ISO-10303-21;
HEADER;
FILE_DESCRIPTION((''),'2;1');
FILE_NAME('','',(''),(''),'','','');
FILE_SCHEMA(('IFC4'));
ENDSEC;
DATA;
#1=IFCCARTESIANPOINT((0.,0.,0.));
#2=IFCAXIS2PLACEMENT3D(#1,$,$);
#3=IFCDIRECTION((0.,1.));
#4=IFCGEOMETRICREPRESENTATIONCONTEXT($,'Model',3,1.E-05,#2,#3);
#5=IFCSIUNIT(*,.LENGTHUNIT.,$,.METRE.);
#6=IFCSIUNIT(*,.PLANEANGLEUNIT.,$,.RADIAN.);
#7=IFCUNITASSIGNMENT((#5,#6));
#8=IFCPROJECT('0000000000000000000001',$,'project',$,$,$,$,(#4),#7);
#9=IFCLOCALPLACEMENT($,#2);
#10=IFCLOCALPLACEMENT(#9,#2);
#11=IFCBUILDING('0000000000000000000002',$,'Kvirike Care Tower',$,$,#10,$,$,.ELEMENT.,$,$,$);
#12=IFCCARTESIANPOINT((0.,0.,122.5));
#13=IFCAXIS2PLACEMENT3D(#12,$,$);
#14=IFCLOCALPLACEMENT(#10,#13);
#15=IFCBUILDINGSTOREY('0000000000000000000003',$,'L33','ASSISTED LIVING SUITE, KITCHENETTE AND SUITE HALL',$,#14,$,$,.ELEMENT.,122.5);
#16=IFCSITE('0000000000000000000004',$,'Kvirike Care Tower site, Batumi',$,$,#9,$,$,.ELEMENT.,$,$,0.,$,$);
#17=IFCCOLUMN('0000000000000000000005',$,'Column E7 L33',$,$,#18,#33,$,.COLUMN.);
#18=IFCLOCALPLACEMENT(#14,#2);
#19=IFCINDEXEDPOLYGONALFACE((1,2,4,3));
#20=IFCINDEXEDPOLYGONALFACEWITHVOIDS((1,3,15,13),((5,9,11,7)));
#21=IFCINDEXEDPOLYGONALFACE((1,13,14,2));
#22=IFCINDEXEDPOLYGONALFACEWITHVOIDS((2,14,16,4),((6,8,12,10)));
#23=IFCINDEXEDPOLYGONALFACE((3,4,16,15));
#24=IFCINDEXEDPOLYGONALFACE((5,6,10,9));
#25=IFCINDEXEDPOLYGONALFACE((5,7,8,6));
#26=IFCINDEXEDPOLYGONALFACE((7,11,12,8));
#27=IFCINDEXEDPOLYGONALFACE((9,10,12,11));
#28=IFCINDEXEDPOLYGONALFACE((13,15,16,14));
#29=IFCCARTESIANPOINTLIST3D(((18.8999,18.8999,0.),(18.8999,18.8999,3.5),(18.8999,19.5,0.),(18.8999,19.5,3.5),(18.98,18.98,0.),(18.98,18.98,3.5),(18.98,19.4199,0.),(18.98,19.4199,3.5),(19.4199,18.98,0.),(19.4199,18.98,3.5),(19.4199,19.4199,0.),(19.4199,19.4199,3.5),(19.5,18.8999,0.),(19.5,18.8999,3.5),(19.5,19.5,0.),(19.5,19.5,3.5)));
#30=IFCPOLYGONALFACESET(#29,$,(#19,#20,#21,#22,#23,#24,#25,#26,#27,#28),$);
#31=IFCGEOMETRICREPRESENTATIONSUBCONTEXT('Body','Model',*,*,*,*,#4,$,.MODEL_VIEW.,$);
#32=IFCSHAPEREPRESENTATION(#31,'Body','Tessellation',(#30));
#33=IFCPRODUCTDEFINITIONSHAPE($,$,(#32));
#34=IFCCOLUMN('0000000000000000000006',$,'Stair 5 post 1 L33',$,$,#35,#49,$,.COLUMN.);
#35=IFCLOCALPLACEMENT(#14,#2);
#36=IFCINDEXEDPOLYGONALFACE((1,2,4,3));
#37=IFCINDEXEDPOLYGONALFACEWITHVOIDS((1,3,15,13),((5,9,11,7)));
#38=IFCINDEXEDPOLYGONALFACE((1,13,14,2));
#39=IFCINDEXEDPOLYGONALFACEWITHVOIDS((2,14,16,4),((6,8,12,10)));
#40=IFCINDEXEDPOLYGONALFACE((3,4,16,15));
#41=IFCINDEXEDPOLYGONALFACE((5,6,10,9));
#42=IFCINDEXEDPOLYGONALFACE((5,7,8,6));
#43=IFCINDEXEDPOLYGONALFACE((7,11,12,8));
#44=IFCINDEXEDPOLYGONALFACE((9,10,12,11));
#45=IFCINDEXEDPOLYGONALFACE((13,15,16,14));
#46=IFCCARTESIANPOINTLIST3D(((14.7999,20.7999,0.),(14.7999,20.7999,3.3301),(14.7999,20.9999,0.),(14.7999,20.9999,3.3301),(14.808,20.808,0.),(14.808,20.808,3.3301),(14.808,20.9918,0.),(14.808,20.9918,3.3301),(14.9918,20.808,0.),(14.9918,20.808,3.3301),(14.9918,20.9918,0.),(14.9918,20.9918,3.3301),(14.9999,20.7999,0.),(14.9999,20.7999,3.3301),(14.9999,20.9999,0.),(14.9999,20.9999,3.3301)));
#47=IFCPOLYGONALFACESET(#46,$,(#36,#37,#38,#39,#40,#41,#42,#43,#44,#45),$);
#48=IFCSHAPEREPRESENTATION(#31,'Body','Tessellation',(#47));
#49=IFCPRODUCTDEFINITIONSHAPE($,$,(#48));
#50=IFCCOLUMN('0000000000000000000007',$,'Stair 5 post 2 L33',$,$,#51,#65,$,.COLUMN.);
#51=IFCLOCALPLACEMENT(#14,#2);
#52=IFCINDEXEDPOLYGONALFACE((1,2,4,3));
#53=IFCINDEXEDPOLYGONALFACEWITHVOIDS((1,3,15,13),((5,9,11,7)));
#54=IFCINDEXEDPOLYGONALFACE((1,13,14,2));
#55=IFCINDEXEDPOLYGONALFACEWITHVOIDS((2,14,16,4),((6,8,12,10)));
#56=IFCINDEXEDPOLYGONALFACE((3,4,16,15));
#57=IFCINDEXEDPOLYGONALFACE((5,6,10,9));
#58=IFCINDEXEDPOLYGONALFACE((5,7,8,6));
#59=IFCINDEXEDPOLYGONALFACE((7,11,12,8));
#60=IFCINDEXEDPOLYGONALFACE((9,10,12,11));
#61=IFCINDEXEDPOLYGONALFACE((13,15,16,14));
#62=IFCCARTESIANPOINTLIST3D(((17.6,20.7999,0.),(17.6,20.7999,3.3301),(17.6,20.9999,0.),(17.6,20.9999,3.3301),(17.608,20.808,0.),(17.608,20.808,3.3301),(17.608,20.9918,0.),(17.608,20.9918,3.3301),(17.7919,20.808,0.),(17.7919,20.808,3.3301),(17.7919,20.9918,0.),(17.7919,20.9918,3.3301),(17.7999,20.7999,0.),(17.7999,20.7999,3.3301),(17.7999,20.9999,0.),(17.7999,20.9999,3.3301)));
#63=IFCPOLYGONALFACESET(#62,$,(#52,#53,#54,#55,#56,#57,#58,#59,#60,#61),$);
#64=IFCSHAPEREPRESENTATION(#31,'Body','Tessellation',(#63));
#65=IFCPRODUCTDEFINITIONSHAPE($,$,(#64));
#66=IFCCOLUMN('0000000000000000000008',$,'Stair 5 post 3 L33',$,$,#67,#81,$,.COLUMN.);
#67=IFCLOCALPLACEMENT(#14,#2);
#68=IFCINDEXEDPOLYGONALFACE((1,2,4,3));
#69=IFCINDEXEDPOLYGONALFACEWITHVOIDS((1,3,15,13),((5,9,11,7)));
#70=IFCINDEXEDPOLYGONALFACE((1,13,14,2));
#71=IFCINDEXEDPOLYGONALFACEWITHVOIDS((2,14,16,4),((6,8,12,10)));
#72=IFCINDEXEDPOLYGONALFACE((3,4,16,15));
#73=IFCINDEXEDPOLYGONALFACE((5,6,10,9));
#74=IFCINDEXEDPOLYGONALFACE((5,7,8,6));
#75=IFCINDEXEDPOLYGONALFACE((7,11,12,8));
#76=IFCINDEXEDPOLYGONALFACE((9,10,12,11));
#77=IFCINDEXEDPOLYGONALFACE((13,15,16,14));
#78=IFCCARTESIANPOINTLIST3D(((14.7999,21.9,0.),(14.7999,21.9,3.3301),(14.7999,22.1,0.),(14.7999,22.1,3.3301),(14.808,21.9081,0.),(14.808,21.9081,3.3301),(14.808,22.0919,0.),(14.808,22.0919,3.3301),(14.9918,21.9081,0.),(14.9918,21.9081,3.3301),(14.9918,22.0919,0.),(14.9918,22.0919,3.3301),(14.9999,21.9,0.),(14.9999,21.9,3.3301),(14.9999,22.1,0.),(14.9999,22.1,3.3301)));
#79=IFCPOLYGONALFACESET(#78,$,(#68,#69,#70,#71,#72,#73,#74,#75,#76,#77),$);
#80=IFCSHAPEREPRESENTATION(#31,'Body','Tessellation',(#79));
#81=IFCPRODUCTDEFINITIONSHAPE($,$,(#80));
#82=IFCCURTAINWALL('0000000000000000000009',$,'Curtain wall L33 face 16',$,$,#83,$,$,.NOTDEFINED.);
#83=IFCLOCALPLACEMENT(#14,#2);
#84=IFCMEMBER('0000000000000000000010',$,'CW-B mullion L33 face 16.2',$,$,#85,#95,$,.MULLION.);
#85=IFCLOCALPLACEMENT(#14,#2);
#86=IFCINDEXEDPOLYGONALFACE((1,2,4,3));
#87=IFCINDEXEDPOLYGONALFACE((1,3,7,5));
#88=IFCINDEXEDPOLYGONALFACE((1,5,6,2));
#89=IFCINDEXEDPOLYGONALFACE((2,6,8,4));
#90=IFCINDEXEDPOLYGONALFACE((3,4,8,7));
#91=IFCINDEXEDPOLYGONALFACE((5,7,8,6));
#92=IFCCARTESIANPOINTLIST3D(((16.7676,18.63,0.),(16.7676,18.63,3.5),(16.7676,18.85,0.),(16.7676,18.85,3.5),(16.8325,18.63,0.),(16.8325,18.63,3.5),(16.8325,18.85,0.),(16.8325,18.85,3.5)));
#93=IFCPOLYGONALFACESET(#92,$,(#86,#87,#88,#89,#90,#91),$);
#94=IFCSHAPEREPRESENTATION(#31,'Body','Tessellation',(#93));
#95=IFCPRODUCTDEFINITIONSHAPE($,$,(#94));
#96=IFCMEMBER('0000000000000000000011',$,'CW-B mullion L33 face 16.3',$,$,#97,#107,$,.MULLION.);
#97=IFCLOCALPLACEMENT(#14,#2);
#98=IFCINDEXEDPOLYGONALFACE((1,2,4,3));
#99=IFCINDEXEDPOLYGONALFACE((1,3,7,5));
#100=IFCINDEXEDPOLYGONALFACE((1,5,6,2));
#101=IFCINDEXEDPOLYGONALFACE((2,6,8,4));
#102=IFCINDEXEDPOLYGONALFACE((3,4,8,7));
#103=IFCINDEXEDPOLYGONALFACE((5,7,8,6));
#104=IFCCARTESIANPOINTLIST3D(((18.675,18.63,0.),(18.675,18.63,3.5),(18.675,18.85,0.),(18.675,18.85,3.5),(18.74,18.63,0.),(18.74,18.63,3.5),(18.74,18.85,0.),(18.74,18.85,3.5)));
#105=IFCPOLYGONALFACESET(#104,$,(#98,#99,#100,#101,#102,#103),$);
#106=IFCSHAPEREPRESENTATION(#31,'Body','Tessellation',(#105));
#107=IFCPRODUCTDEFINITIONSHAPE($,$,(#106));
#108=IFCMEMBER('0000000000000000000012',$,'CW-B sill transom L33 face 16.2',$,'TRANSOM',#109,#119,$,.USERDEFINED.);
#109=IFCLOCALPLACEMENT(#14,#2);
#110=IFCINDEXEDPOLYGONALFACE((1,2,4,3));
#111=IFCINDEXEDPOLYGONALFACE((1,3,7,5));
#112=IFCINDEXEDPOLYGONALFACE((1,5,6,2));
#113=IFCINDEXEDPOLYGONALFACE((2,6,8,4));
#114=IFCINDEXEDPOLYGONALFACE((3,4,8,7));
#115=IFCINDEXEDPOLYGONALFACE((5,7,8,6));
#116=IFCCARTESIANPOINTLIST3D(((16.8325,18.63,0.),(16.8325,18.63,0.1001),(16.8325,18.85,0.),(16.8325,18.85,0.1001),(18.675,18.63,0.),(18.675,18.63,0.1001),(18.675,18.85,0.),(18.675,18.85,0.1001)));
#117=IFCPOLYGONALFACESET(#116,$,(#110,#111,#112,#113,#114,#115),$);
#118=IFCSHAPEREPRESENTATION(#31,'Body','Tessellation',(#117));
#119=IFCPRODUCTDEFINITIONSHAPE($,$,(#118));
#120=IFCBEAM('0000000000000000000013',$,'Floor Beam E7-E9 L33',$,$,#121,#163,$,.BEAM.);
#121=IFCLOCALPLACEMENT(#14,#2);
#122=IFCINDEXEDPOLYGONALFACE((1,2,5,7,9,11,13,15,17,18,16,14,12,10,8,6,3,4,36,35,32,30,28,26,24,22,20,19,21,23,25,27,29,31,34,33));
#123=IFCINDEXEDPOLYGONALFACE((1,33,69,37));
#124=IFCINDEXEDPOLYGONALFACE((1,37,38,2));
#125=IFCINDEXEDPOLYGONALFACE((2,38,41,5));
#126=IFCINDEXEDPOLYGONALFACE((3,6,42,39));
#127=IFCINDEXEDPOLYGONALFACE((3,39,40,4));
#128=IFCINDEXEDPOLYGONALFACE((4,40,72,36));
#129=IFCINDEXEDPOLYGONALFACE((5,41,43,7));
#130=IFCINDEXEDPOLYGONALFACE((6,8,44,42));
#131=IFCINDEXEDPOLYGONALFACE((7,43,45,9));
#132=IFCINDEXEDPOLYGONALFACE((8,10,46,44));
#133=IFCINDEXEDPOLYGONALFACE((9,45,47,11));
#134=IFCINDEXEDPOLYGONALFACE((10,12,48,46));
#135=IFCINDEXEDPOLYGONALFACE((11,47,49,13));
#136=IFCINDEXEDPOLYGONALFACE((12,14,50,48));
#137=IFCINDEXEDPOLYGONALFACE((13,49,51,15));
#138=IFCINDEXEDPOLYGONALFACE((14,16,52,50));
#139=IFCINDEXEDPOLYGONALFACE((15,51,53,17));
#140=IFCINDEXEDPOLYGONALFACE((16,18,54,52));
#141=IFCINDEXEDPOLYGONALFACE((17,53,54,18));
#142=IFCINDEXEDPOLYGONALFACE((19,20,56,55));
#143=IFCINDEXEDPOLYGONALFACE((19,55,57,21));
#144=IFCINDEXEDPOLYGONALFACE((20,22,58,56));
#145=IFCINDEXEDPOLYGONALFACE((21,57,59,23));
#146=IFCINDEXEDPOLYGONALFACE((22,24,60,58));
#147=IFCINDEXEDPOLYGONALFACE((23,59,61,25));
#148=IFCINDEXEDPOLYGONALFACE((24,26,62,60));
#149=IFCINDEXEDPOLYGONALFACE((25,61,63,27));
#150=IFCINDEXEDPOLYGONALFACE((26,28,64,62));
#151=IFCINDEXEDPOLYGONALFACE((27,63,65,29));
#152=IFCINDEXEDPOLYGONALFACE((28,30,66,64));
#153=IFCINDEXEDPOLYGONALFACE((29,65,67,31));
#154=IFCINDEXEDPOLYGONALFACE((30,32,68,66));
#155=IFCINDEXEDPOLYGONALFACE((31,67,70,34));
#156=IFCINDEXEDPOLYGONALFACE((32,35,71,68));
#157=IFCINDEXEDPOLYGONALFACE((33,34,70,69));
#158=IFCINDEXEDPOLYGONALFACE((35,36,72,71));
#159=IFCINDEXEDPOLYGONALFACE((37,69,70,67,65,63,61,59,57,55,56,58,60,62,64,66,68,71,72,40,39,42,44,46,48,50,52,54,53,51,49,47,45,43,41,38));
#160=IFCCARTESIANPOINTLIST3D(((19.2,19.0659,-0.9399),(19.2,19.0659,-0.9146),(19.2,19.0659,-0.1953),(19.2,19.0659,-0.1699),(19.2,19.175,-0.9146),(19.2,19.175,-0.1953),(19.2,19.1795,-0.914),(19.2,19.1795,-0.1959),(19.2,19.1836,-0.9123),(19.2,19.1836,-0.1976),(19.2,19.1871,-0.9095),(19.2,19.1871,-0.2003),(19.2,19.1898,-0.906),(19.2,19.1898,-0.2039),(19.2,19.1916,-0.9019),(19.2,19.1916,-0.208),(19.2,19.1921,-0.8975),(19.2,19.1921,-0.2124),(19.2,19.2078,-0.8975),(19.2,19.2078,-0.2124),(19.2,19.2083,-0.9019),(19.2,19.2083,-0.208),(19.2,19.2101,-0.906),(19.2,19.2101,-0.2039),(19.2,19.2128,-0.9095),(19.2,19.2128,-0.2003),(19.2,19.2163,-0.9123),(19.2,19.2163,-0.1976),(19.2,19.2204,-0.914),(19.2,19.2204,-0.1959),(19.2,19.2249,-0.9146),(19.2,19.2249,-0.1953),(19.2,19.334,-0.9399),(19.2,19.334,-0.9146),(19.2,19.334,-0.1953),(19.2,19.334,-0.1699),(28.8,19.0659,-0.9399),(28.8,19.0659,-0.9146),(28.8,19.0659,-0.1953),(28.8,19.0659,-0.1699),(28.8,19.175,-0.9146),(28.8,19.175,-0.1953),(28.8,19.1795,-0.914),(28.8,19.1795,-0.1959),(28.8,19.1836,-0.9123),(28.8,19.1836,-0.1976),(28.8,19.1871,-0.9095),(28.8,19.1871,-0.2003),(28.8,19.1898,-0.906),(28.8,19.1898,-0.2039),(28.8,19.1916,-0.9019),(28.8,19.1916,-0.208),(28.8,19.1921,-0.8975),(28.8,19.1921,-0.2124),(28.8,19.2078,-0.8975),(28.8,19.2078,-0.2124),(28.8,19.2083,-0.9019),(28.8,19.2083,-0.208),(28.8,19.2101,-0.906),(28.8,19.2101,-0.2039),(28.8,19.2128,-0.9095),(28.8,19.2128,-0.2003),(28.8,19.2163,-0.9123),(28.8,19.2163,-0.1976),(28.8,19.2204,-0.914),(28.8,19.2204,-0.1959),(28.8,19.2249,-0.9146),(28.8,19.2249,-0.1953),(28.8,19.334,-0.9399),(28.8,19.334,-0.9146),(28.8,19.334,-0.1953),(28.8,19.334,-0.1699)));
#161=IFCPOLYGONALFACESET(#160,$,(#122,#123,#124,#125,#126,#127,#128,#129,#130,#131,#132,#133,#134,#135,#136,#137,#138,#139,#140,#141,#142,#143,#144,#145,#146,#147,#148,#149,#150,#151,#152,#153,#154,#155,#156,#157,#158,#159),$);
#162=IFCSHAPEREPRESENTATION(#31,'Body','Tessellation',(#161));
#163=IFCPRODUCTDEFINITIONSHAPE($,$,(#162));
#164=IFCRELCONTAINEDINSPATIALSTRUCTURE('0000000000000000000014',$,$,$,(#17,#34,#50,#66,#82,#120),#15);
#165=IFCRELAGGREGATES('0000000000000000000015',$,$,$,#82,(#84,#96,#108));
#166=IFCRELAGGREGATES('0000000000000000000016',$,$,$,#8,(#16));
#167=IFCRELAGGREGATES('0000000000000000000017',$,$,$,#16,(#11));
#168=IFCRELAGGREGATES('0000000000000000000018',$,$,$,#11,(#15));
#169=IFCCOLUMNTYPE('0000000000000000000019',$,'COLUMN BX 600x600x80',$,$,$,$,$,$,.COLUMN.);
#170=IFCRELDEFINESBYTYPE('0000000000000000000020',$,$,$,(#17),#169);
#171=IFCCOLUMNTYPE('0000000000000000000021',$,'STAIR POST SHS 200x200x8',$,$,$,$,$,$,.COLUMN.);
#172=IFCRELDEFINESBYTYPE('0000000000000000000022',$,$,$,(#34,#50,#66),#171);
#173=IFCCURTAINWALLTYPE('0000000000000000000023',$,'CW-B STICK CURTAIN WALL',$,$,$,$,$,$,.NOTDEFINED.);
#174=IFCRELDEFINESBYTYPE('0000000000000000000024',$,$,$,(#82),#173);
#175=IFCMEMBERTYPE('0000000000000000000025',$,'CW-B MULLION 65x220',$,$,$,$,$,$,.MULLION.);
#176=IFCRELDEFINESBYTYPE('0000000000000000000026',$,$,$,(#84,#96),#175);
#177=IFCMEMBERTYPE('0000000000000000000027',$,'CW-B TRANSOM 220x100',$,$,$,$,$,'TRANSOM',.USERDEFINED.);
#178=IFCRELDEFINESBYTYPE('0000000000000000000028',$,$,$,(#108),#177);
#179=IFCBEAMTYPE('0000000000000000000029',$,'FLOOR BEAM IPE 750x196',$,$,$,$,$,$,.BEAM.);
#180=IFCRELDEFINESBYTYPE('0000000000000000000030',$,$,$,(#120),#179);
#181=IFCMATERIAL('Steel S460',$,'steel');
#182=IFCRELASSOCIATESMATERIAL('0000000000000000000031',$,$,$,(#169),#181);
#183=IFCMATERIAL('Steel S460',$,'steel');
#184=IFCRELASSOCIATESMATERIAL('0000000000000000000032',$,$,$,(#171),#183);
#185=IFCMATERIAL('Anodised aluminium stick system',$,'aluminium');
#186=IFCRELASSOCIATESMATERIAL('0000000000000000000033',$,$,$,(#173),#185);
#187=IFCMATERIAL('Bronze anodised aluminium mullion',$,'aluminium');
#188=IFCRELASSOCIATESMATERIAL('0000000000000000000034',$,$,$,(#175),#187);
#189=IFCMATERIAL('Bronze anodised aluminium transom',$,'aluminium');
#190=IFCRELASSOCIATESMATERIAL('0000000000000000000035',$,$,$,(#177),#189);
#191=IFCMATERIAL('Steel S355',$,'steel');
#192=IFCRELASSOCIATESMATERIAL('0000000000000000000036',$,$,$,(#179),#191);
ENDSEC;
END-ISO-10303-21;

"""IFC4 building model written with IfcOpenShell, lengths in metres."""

from ifc_helpers import new_model, si_unit, direction, frame, origin, origin_2d, place, context, subcontext, project, spatial, rectangle, hollow_rectangle, i_section, extrude, material, material_profile, profile_set, type_object, element, aggregate, save


model = new_model("IFC4")

# Units and contexts
model_context = context("Model", 3, precision=1e-05, world=origin(), true_north=direction((0.0, 1.0)))
body_context = subcontext(model_context, "Body", "Model", "MODEL_VIEW")
ifc_project = project(units=[si_unit("LENGTHUNIT", "METRE"), si_unit("PLANEANGLEUNIT", "RADIAN")], contexts=[model_context])

# Site, building, storey
site_placement = place(None, origin())
site = spatial("IfcSite", under=ifc_project, at=site_placement, Name="Kvirike Care Tower site, Batumi", CompositionType="ELEMENT", RefElevation=0.0)
building_placement = place(site_placement, origin())
building = spatial("IfcBuilding", under=site, at=building_placement, Name="Kvirike Care Tower", CompositionType="ELEMENT")
storey_placement = place(building_placement, frame((0.0, 0.0, 122.5)))
storey = spatial("IfcBuildingStorey", under=building, at=storey_placement, Name="L33", Description="ASSISTED LIVING SUITE, KITCHENETTE AND SUITE HALL", CompositionType="ELEMENT", Elevation=122.5)

# Columns
ifc_material_1 = material(Name="Steel S460", Category="steel")
ifc_material_profile_1 = material_profile(ifc_material_1, hollow_rectangle(XDim=0.6001, YDim=0.6001, WallThickness=0.0801, at=origin_2d()), Name="BX 600x600x80")
ifc_profile_set_1 = profile_set([ifc_material_profile_1], Name="Steel S460")
column_type_1 = type_object("IfcColumnType", Name="COLUMN BX 600x600x80", PredefinedType="COLUMN", material=ifc_profile_set_1)
column_placement = place(storey_placement, frame((19.2, 19.2, 0.0), z_axis=(0.0, 0.0, 1.0), x_axis=(0.0, 1.0, 0.0)))
element("IfcColumn", 1, at=column_placement, inside=storey, type_object=column_type_1, Name="Column E7 L33", PredefinedType="COLUMN", context=body_context, shape_type="SweptSolid", body=[
    extrude(hollow_rectangle(XDim=0.6001, YDim=0.6001, WallThickness=0.0801, at=origin_2d()), origin(), (0.0, 0.0, 1.0), 3.5),
])
ifc_material_2 = material(Name="Steel S460", Category="steel")
ifc_material_profile_2 = material_profile(ifc_material_2, hollow_rectangle(XDim=0.2, YDim=0.2, WallThickness=0.0081, at=origin_2d()), Name="SHS 200x200x8")
ifc_profile_set_2 = profile_set([ifc_material_profile_2], Name="Steel S460")
column_type_2 = type_object("IfcColumnType", Name="STAIR POST SHS 200x200x8", PredefinedType="COLUMN", material=ifc_profile_set_2)
for number, where, z_axis, x_axis, name in (
    (2, (14.8999, 20.8999, 0.0), (0.0, 0.0, 1.0), (1.0, 0.0, 0.0), "Stair 5 post 1 L33"),
    (3, (17.7, 20.8999, 0.0), (0.0, 0.0, 1.0), (1.0, 0.0, 0.0), "Stair 5 post 2 L33"),
    (4, (14.8999, 22.0, 0.0), (0.0, 0.0, 1.0), (1.0, 0.0, 0.0), "Stair 5 post 3 L33"),
):
    element("IfcColumn", number, at=place(storey_placement, frame(where, z_axis=z_axis, x_axis=x_axis)), inside=storey, type_object=column_type_2, Name=name, PredefinedType="COLUMN", context=body_context, shape_type="SweptSolid", body=[
        extrude(hollow_rectangle(XDim=0.2, YDim=0.2, WallThickness=0.0081, at=origin_2d()), origin(), (0.0, 0.0, 1.0), 3.3301),
    ])

# Curtain wall, members
ifc_material_3 = material(Name="Anodised aluminium stick system", Category="aluminium")
curtain_wall_type = type_object("IfcCurtainWallType", Name="CW-B STICK CURTAIN WALL", PredefinedType="NOTDEFINED", material=ifc_material_3)
curtain_wall_placement = place(storey_placement, origin())
curtain_wall = element("IfcCurtainWall", 5, at=curtain_wall_placement, inside=storey, type_object=curtain_wall_type, Name="Curtain wall L33 face 16", PredefinedType="NOTDEFINED")
ifc_material_4 = material(Name="Bronze anodised aluminium mullion", Category="aluminium")
ifc_material_profile_3 = material_profile(ifc_material_4, rectangle(XDim=0.0649, YDim=0.22, at=origin_2d()), Name="CW-B MULLION 65x220")
ifc_profile_set_3 = profile_set([ifc_material_profile_3], Name="Bronze anodised aluminium mullion")
member_type_1 = type_object("IfcMemberType", Name="CW-B MULLION 65x220", PredefinedType="MULLION", material=ifc_profile_set_3)
member_1_placement = place(storey_placement, frame((16.8, 18.74, 0.0), z_axis=(0.0, 0.0, 1.0), x_axis=(1.0, 0.0, 0.0)))
member_1 = element("IfcMember", 6, at=member_1_placement, type_object=member_type_1, Name="CW-B mullion L33 face 16.2", PredefinedType="MULLION", context=body_context, shape_type="SweptSolid", body=[
    extrude(rectangle(XDim=0.0649, YDim=0.22, at=origin_2d()), origin(), (0.0, 0.0, 1.0), 3.5),
])
member_2_placement = place(storey_placement, frame((18.7075, 18.74, 0.0), z_axis=(0.0, 0.0, 1.0), x_axis=(1.0, 0.0, 0.0)))
member_2 = element("IfcMember", 7, at=member_2_placement, type_object=member_type_1, Name="CW-B mullion L33 face 16.3", PredefinedType="MULLION", context=body_context, shape_type="SweptSolid", body=[
    extrude(rectangle(XDim=0.0649, YDim=0.22, at=origin_2d()), origin(), (0.0, 0.0, 1.0), 3.5),
])
ifc_material_5 = material(Name="Bronze anodised aluminium transom", Category="aluminium")
ifc_material_profile_4 = material_profile(ifc_material_5, rectangle(XDim=0.22, YDim=0.1001, at=origin_2d()), Name="CW-B TRANSOM 220x100")
ifc_profile_set_4 = profile_set([ifc_material_profile_4], Name="Bronze anodised aluminium transom")
member_type_2 = type_object("IfcMemberType", Name="CW-B TRANSOM 220x100", ElementType="TRANSOM", PredefinedType="USERDEFINED", material=ifc_profile_set_4)
member_3_placement = place(storey_placement, frame((16.8325, 18.74, 0.05), z_axis=(1.0, 0.0, 0.0), x_axis=(0.0, 1.0, 0.0)))
member_3 = element("IfcMember", 8, at=member_3_placement, type_object=member_type_2, Name="CW-B sill transom L33 face 16.2", ObjectType="TRANSOM", PredefinedType="USERDEFINED", context=body_context, shape_type="SweptSolid", body=[
    extrude(rectangle(XDim=0.22, YDim=0.1001, at=origin_2d()), origin(), (0.0, 0.0, 1.0), 1.8425),
])

# Beam
ifc_material_6 = material(Name="Steel S355", Category="steel")
ifc_material_profile_5 = material_profile(ifc_material_6, i_section(OverallWidth=0.2681, OverallDepth=0.77, WebThickness=0.0156, FlangeThickness=0.0254, FilletRadius=0.0171, at=origin_2d()), Name="IPE 750x196")
ifc_profile_set_5 = profile_set([ifc_material_profile_5], Name="Steel S355")
beam_type_1 = type_object("IfcBeamType", Name="FLOOR BEAM IPE 750x196", PredefinedType="BEAM", material=ifc_profile_set_5)
for number, where, z_axis, x_axis, name in (
    (9, (19.2, 19.2, -0.5549), (1.0, 0.0, 0.0), (0.0, 1.0, 0.0), "Floor Beam E7-E9 L33"),
):
    element("IfcBeam", number, at=place(storey_placement, frame(where, z_axis=z_axis, x_axis=x_axis)), inside=storey, type_object=beam_type_1, Name=name, PredefinedType="BEAM", context=body_context, shape_type="SweptSolid", body=[
        extrude(i_section(OverallWidth=0.2681, OverallDepth=0.77, WebThickness=0.0156, FlangeThickness=0.0254, FilletRadius=0.0171, at=origin_2d()), origin(), (0.0, 0.0, 1.0), 9.6001),
    ])

aggregate(curtain_wall, [member_1, member_2, member_3])

save(model, "model.ifc")
